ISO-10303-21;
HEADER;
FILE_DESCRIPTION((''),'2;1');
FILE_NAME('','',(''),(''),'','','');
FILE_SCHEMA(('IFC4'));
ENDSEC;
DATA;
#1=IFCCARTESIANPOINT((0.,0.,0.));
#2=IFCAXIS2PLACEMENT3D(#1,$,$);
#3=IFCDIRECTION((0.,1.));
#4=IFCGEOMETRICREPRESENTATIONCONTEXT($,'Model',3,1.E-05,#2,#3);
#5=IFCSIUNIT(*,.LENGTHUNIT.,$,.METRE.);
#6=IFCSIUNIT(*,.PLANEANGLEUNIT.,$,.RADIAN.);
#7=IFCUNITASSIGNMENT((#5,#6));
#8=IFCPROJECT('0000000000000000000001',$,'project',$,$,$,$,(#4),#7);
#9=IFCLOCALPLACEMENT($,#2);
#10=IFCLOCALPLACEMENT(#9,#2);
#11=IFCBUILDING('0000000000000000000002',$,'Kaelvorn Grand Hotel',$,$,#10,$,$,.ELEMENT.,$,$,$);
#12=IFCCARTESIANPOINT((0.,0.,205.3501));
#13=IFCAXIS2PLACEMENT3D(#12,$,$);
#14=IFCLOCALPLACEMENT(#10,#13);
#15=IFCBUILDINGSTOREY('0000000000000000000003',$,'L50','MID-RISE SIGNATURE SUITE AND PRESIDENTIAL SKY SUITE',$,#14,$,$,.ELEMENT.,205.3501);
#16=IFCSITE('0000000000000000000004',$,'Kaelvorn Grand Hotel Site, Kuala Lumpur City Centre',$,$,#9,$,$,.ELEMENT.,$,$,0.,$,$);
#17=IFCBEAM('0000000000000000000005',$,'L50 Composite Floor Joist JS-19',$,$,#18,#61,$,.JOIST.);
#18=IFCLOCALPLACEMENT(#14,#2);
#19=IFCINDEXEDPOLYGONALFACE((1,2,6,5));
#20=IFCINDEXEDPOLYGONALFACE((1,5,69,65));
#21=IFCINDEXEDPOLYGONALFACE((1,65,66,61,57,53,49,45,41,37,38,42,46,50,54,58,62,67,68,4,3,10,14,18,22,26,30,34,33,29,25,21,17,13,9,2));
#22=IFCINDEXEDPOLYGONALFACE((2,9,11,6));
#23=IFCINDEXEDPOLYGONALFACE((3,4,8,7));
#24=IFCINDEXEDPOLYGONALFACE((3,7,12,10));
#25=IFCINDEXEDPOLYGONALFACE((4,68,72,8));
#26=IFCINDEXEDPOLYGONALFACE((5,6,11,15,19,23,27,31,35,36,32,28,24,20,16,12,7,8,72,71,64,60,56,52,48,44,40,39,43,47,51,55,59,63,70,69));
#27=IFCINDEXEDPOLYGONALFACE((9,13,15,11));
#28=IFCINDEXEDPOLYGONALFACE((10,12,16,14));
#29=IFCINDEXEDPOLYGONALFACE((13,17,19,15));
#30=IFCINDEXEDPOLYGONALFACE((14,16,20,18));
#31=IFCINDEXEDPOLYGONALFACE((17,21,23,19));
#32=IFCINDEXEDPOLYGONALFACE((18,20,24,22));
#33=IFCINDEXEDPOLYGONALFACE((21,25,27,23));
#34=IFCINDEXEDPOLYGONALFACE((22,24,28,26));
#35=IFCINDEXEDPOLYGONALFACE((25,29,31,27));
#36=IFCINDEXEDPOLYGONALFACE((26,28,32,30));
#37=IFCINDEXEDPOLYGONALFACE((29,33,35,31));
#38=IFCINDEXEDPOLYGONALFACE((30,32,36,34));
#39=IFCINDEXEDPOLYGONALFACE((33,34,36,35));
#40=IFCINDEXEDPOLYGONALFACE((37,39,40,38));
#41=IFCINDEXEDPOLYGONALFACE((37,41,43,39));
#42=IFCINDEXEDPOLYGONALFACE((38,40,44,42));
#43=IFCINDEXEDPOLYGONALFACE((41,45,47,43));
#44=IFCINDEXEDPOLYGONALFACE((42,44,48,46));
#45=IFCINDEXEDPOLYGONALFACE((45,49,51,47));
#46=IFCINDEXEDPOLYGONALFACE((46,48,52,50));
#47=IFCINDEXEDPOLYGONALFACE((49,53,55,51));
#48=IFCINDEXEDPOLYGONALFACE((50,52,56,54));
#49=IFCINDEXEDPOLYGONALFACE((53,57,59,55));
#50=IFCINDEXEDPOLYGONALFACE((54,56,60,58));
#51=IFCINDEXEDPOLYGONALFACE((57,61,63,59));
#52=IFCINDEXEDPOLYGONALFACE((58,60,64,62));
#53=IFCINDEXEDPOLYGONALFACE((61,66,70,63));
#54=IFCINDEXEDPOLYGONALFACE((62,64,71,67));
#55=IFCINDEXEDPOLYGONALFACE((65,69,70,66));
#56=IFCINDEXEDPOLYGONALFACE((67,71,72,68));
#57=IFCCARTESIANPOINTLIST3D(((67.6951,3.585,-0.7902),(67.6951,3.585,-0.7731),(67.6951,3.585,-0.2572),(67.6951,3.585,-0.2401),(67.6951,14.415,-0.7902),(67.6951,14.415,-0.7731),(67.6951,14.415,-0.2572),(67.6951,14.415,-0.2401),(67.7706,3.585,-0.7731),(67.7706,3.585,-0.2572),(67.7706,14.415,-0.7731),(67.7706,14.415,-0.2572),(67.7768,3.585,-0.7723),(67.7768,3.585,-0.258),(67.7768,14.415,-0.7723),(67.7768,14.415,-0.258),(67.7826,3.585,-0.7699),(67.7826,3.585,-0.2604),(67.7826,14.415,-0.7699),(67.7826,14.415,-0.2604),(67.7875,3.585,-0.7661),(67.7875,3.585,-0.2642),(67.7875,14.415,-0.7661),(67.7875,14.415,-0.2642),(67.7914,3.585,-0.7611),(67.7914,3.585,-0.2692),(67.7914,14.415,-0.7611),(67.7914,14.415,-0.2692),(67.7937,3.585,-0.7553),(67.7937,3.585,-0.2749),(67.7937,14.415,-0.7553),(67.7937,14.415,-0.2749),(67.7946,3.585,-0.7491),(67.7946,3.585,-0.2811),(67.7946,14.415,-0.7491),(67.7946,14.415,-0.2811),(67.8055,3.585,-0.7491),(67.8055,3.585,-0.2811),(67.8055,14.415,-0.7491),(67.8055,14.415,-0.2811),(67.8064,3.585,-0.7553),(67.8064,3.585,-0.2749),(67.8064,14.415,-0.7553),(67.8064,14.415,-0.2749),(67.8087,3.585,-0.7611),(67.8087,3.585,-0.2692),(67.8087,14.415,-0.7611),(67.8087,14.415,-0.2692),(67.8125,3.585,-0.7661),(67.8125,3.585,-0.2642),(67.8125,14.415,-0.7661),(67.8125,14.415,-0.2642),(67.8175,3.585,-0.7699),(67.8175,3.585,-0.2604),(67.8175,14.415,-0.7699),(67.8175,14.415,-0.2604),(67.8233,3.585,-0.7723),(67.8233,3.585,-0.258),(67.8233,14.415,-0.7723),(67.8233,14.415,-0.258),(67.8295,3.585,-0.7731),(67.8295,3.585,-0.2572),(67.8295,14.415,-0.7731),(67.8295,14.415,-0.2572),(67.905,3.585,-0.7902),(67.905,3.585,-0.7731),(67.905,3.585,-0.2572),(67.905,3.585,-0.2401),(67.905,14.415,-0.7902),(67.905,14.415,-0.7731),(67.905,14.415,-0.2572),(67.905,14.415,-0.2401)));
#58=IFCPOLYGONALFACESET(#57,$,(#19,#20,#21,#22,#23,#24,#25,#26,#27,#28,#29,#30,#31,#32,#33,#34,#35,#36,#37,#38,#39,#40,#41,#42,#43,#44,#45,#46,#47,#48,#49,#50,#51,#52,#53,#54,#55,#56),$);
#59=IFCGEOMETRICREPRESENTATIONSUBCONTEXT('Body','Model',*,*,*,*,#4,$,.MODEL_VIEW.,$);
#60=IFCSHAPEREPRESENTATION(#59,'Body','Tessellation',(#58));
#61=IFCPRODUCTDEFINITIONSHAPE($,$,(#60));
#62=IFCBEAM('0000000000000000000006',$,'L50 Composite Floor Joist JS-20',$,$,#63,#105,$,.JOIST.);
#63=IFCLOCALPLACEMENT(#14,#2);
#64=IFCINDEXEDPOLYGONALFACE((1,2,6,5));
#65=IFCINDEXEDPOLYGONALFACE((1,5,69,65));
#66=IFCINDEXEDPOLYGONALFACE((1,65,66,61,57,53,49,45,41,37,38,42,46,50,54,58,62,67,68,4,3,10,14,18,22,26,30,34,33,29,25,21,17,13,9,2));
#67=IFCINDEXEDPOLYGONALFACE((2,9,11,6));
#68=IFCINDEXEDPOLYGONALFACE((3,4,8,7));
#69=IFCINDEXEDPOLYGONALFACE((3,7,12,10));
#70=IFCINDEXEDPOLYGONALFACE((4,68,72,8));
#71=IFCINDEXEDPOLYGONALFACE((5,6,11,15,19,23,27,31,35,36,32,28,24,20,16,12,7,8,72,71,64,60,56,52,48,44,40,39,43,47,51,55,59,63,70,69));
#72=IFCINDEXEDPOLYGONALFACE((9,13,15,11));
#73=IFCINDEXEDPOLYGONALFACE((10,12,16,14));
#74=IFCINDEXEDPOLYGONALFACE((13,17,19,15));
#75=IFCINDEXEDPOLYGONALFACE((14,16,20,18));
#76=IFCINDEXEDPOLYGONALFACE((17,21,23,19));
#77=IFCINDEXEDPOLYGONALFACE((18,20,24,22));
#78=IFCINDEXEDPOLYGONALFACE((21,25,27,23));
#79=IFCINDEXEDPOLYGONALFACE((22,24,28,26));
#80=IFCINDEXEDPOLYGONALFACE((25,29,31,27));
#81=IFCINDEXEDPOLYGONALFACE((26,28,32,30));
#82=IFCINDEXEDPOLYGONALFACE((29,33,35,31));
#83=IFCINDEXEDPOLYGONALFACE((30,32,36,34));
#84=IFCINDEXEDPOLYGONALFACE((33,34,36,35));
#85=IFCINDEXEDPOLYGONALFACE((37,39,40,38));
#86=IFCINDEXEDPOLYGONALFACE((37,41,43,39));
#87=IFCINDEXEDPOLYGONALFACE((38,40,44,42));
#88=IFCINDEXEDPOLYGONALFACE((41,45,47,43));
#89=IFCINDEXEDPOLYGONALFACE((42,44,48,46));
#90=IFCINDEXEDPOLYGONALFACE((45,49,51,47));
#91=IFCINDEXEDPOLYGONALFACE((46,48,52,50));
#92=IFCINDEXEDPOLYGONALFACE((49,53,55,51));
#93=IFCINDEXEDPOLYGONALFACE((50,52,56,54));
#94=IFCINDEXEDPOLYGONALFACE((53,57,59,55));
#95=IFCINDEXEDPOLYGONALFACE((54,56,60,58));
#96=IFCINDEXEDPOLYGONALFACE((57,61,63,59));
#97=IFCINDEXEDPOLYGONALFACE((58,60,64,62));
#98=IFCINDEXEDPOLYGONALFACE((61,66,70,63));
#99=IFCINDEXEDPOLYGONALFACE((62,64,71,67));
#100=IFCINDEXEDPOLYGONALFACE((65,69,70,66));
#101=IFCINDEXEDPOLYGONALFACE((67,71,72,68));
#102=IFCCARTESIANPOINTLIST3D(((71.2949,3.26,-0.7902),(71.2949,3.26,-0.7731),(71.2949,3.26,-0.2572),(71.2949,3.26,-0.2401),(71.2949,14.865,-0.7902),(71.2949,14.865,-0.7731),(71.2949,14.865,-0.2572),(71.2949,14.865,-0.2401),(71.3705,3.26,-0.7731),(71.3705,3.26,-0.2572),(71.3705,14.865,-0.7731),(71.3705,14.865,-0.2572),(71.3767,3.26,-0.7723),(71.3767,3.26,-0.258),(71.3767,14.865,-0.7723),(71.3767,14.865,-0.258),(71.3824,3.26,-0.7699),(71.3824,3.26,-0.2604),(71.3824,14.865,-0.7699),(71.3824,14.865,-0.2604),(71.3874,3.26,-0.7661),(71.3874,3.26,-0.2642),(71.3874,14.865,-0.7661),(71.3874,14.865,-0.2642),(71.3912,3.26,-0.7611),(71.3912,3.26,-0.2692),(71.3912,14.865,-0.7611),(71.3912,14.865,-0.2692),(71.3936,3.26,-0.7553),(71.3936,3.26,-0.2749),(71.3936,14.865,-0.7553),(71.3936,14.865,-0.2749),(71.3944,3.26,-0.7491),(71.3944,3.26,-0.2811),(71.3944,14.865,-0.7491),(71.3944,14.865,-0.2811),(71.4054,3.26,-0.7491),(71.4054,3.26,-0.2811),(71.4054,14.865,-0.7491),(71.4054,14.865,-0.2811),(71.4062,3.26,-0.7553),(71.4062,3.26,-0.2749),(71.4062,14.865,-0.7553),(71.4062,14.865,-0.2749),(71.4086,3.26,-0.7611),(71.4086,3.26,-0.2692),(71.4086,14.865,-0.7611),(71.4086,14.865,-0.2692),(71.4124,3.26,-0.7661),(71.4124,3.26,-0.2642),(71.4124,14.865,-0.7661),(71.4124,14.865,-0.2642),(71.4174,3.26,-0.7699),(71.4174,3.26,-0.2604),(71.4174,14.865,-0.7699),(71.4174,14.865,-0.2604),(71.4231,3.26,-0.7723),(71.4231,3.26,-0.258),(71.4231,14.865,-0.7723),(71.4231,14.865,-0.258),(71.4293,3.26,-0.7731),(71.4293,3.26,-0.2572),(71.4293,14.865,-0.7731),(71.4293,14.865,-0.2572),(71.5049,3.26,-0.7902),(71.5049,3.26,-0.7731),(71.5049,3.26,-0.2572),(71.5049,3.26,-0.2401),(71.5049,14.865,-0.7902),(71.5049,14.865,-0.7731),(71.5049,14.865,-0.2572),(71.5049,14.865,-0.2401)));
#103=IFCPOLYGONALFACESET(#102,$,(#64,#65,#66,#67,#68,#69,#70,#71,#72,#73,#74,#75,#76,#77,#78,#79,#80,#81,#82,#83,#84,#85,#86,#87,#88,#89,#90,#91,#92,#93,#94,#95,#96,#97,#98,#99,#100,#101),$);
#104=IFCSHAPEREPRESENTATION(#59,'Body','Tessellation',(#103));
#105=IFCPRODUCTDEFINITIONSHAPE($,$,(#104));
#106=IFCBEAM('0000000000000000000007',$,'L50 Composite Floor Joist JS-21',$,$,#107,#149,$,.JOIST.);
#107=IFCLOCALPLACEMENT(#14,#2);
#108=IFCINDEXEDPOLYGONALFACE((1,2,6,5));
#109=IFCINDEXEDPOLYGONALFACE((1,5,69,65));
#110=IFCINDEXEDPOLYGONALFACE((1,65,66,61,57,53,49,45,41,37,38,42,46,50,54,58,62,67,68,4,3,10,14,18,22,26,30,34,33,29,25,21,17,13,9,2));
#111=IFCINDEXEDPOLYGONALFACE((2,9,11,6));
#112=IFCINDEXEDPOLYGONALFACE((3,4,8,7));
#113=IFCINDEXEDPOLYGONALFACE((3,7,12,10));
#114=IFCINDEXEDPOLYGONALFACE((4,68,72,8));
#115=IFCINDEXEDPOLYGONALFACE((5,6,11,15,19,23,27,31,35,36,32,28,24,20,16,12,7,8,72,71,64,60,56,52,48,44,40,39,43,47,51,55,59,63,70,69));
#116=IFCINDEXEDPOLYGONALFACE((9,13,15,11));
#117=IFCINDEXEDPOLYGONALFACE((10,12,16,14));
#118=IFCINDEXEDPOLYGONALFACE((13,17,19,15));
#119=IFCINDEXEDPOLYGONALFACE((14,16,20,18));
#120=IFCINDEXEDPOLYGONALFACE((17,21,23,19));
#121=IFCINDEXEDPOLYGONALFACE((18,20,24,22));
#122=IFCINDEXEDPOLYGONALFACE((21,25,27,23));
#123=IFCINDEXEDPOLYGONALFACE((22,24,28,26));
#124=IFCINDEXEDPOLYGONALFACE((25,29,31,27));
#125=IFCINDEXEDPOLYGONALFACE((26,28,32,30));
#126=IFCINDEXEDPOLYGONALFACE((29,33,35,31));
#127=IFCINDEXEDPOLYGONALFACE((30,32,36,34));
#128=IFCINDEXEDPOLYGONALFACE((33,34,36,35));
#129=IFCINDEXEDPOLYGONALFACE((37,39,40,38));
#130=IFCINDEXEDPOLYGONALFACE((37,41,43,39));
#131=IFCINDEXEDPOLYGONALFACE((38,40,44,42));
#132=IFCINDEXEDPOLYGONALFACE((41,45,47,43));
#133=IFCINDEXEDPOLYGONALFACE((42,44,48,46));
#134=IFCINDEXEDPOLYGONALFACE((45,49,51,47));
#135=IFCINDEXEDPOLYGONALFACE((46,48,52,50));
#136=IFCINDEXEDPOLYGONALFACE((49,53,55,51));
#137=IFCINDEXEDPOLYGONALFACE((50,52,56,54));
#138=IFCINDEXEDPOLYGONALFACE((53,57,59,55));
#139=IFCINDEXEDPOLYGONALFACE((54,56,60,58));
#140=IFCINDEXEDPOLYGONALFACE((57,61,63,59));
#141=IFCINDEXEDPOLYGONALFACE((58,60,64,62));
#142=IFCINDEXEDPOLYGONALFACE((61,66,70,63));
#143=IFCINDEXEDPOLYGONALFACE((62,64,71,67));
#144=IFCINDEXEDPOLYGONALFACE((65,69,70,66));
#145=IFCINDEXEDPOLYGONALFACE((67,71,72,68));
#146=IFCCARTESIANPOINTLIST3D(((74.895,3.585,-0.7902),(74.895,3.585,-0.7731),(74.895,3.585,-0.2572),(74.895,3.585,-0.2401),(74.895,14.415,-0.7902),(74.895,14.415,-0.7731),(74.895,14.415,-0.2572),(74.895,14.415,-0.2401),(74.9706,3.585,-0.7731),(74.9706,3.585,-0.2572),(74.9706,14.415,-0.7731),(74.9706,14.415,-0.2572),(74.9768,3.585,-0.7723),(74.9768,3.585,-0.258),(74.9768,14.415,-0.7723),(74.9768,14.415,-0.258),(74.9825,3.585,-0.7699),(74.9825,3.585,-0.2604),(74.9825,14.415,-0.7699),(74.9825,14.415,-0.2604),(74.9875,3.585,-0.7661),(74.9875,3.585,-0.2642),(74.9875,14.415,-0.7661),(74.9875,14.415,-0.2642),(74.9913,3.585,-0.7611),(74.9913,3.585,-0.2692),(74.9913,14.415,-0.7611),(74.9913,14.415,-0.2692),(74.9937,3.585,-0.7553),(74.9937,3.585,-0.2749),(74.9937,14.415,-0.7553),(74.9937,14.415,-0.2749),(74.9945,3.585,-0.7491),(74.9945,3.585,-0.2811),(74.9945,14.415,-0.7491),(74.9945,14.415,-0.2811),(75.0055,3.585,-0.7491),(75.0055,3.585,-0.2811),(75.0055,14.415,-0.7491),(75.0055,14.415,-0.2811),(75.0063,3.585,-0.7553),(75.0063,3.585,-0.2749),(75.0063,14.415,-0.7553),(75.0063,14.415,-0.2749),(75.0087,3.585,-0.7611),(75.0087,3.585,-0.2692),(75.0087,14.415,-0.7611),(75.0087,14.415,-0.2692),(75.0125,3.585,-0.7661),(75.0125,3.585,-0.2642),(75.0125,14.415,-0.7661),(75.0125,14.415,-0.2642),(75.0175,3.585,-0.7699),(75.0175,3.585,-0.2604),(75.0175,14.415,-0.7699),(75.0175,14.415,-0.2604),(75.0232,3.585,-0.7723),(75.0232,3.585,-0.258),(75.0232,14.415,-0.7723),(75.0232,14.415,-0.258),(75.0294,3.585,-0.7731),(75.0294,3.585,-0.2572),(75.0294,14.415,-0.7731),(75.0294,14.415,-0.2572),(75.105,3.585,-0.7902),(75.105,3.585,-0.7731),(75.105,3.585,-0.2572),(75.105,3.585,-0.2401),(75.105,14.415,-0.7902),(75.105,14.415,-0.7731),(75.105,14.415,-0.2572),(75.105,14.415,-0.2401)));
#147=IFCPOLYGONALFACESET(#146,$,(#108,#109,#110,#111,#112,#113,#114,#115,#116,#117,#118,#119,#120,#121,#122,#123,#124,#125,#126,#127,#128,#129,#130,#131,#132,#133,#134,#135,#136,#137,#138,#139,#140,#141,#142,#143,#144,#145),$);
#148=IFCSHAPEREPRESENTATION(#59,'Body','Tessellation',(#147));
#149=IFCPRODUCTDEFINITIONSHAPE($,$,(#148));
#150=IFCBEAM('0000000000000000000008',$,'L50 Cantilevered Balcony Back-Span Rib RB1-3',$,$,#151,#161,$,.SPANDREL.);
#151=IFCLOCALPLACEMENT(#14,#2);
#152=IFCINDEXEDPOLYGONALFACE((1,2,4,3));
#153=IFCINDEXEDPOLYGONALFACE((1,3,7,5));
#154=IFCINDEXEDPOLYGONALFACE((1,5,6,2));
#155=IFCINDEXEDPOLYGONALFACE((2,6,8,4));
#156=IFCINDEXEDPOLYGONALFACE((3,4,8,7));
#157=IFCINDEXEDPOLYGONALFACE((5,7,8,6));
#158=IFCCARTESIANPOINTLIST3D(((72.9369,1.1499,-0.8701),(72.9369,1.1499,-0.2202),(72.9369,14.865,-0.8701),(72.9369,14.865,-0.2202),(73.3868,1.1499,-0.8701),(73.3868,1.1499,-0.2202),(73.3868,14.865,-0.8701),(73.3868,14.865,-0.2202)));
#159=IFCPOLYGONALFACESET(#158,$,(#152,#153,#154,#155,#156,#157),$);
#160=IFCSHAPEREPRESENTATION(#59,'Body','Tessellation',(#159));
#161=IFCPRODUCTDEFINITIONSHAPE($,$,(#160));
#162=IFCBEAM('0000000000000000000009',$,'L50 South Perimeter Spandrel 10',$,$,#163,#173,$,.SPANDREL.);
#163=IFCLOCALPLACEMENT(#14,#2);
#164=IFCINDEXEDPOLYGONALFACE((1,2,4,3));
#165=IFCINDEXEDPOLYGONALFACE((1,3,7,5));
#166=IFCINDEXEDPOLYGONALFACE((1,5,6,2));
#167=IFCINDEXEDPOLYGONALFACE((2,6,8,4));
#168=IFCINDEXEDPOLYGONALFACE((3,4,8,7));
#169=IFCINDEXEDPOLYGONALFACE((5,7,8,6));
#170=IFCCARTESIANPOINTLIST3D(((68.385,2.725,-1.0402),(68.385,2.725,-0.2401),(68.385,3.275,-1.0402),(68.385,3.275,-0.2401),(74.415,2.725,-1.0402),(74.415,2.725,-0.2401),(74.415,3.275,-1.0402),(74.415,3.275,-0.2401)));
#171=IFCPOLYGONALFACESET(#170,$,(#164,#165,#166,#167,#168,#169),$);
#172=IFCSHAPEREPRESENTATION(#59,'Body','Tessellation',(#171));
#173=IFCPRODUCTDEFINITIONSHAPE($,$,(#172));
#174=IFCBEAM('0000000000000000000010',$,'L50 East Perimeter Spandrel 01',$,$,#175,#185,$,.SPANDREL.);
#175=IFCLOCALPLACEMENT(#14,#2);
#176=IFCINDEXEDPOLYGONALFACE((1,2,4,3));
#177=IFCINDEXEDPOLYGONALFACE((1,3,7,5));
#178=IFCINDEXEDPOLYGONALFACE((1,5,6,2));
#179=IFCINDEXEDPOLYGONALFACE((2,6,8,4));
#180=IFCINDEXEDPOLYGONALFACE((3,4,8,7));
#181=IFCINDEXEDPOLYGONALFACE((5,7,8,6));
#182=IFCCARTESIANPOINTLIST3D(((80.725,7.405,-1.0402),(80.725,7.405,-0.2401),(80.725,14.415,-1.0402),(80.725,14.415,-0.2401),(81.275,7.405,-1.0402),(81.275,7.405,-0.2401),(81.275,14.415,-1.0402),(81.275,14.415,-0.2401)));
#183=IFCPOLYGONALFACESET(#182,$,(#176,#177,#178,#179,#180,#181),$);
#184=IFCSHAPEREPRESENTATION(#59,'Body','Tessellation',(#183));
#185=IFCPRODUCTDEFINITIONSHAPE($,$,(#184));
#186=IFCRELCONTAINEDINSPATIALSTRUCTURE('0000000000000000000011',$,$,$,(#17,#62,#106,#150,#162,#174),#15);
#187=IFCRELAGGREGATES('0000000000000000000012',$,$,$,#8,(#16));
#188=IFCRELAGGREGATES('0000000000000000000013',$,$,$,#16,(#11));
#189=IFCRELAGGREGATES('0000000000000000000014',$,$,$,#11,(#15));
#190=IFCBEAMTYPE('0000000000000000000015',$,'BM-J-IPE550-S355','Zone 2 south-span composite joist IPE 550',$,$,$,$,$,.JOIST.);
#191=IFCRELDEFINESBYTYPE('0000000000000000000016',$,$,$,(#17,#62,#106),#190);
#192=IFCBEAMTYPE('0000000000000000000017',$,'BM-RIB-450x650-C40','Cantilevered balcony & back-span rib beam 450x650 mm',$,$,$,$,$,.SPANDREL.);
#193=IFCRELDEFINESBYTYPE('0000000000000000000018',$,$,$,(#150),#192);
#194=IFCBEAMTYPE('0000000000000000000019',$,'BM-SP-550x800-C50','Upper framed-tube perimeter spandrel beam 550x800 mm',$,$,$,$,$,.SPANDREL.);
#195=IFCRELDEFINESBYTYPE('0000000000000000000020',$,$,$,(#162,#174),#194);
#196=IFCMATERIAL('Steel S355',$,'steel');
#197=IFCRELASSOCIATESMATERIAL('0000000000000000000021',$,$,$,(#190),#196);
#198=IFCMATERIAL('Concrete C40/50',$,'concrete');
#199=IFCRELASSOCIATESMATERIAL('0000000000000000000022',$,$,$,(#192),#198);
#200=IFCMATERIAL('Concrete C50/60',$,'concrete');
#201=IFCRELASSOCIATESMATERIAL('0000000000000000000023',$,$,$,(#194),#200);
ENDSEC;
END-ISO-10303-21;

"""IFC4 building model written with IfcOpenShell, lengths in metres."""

from ifc_helpers import new_model, si_unit, direction, frame, origin, origin_2d, place, context, subcontext, project, spatial, rectangle, i_section, extrude, material, material_profile, profile_set, type_object, element, save


model = new_model("IFC4")

# Units and contexts
model_context = context("Model", 3, precision=1e-05, world=origin(), true_north=direction((0.0, 1.0)))
body_context = subcontext(model_context, "Body", "Model", "MODEL_VIEW")
ifc_project = project(units=[si_unit("LENGTHUNIT", "METRE"), si_unit("PLANEANGLEUNIT", "RADIAN")], contexts=[model_context])

# Site, building, storey
site_placement = place(None, origin())
site = spatial("IfcSite", under=ifc_project, at=site_placement, Name="Kaelvorn Grand Hotel Site, Kuala Lumpur City Centre", CompositionType="ELEMENT", RefElevation=0.0)
building_placement = place(site_placement, origin())
building = spatial("IfcBuilding", under=site, at=building_placement, Name="Kaelvorn Grand Hotel", CompositionType="ELEMENT")
storey_placement = place(building_placement, frame((0.0, 0.0, 205.3501)))
storey = spatial("IfcBuildingStorey", under=building, at=storey_placement, Name="L50", Description="MID-RISE SIGNATURE SUITE AND PRESIDENTIAL SKY SUITE", CompositionType="ELEMENT", Elevation=205.3501)

# Beams
ifc_material_1 = material(Name="Steel S355", Category="steel")
ifc_material_profile_1 = material_profile(ifc_material_1, i_section(OverallWidth=0.21, OverallDepth=0.55, WebThickness=0.011, FlangeThickness=0.0171, FilletRadius=0.0239, at=origin_2d()), Name="IPE 550")
ifc_profile_set_1 = profile_set([ifc_material_profile_1], Name="Steel S355")
beam_type_1 = type_object("IfcBeamType", Name="BM-J-IPE550-S355", Description="Zone 2 south-span composite joist IPE 550", PredefinedType="JOIST", material=ifc_profile_set_1)
beam_1_placement = place(storey_placement, frame((67.8, 3.585, -0.5151), z_axis=(0.0, 1.0, 0.0), x_axis=(-1.0, 0.0, 0.0)))
element("IfcBeam", 1, at=beam_1_placement, inside=storey, type_object=beam_type_1, Name="L50 Composite Floor Joist JS-19", PredefinedType="JOIST", context=body_context, shape_type="SweptSolid", body=[
    extrude(i_section(OverallWidth=0.21, OverallDepth=0.55, WebThickness=0.011, FlangeThickness=0.0171, FilletRadius=0.0239, at=origin_2d()), origin(), (0.0, 0.0, 1.0), 10.8301),
])
beam_2_placement = place(storey_placement, frame((71.3999, 3.26, -0.5151), z_axis=(0.0, 1.0, 0.0), x_axis=(-1.0, 0.0, 0.0)))
element("IfcBeam", 2, at=beam_2_placement, inside=storey, type_object=beam_type_1, Name="L50 Composite Floor Joist JS-20", PredefinedType="JOIST", context=body_context, shape_type="SweptSolid", body=[
    extrude(i_section(OverallWidth=0.21, OverallDepth=0.55, WebThickness=0.011, FlangeThickness=0.0171, FilletRadius=0.0239, at=origin_2d()), origin(), (0.0, 0.0, 1.0), 11.605),
])
beam_3_placement = place(storey_placement, frame((75.0, 3.585, -0.5151), z_axis=(0.0, 1.0, 0.0), x_axis=(-1.0, 0.0, 0.0)))
element("IfcBeam", 3, at=beam_3_placement, inside=storey, type_object=beam_type_1, Name="L50 Composite Floor Joist JS-21", PredefinedType="JOIST", context=body_context, shape_type="SweptSolid", body=[
    extrude(i_section(OverallWidth=0.21, OverallDepth=0.55, WebThickness=0.011, FlangeThickness=0.0171, FilletRadius=0.0239, at=origin_2d()), origin(), (0.0, 0.0, 1.0), 10.8301),
])
ifc_material_2 = material(Name="Concrete C40/50", Category="concrete")
ifc_material_profile_2 = material_profile(ifc_material_2, rectangle(XDim=0.45, YDim=0.6499, at=origin_2d()), Name="RC RIB 450x650")
ifc_profile_set_2 = profile_set([ifc_material_profile_2], Name="Concrete C40/50")
beam_type_2 = type_object("IfcBeamType", Name="BM-RIB-450x650-C40", Description="Cantilevered balcony & back-span rib beam 450x650 mm", PredefinedType="SPANDREL", material=ifc_profile_set_2)
beam_4_placement = place(storey_placement, frame((73.1619, 1.1499, -0.5452), z_axis=(0.0, 1.0, 0.0), x_axis=(-1.0, 0.0, 0.0)))
element("IfcBeam", 4, at=beam_4_placement, inside=storey, type_object=beam_type_2, Name="L50 Cantilevered Balcony Back-Span Rib RB1-3", PredefinedType="SPANDREL", context=body_context, shape_type="SweptSolid", body=[
    extrude(rectangle(XDim=0.45, YDim=0.6499, at=origin_2d()), origin(), (0.0, 0.0, 1.0), 13.7151),
])
ifc_material_3 = material(Name="Concrete C50/60", Category="concrete")
ifc_material_profile_3 = material_profile(ifc_material_3, rectangle(XDim=0.55, YDim=0.8, at=origin_2d()), Name="RC SPANDREL 550x800")
ifc_profile_set_3 = profile_set([ifc_material_profile_3], Name="Concrete C50/60")
beam_type_3 = type_object("IfcBeamType", Name="BM-SP-550x800-C50", Description="Upper framed-tube perimeter spandrel beam 550x800 mm", PredefinedType="SPANDREL", material=ifc_profile_set_3)
beam_5_placement = place(storey_placement, frame((68.385, 3.0, -0.6401), z_axis=(1.0, 0.0, 0.0), x_axis=(0.0, 1.0, 0.0)))
element("IfcBeam", 5, at=beam_5_placement, inside=storey, type_object=beam_type_3, Name="L50 South Perimeter Spandrel 10", PredefinedType="SPANDREL", context=body_context, shape_type="SweptSolid", body=[
    extrude(rectangle(XDim=0.55, YDim=0.8, at=origin_2d()), origin(), (0.0, 0.0, 1.0), 6.03),
])
beam_6_placement = place(storey_placement, frame((81.0, 7.405, -0.6401), z_axis=(0.0, 1.0, 0.0), x_axis=(-1.0, 0.0, 0.0)))
element("IfcBeam", 6, at=beam_6_placement, inside=storey, type_object=beam_type_3, Name="L50 East Perimeter Spandrel 01", PredefinedType="SPANDREL", context=body_context, shape_type="SweptSolid", body=[
    extrude(rectangle(XDim=0.55, YDim=0.8, at=origin_2d()), origin(), (0.0, 0.0, 1.0), 7.01),
])

save(model, "model.ifc")
